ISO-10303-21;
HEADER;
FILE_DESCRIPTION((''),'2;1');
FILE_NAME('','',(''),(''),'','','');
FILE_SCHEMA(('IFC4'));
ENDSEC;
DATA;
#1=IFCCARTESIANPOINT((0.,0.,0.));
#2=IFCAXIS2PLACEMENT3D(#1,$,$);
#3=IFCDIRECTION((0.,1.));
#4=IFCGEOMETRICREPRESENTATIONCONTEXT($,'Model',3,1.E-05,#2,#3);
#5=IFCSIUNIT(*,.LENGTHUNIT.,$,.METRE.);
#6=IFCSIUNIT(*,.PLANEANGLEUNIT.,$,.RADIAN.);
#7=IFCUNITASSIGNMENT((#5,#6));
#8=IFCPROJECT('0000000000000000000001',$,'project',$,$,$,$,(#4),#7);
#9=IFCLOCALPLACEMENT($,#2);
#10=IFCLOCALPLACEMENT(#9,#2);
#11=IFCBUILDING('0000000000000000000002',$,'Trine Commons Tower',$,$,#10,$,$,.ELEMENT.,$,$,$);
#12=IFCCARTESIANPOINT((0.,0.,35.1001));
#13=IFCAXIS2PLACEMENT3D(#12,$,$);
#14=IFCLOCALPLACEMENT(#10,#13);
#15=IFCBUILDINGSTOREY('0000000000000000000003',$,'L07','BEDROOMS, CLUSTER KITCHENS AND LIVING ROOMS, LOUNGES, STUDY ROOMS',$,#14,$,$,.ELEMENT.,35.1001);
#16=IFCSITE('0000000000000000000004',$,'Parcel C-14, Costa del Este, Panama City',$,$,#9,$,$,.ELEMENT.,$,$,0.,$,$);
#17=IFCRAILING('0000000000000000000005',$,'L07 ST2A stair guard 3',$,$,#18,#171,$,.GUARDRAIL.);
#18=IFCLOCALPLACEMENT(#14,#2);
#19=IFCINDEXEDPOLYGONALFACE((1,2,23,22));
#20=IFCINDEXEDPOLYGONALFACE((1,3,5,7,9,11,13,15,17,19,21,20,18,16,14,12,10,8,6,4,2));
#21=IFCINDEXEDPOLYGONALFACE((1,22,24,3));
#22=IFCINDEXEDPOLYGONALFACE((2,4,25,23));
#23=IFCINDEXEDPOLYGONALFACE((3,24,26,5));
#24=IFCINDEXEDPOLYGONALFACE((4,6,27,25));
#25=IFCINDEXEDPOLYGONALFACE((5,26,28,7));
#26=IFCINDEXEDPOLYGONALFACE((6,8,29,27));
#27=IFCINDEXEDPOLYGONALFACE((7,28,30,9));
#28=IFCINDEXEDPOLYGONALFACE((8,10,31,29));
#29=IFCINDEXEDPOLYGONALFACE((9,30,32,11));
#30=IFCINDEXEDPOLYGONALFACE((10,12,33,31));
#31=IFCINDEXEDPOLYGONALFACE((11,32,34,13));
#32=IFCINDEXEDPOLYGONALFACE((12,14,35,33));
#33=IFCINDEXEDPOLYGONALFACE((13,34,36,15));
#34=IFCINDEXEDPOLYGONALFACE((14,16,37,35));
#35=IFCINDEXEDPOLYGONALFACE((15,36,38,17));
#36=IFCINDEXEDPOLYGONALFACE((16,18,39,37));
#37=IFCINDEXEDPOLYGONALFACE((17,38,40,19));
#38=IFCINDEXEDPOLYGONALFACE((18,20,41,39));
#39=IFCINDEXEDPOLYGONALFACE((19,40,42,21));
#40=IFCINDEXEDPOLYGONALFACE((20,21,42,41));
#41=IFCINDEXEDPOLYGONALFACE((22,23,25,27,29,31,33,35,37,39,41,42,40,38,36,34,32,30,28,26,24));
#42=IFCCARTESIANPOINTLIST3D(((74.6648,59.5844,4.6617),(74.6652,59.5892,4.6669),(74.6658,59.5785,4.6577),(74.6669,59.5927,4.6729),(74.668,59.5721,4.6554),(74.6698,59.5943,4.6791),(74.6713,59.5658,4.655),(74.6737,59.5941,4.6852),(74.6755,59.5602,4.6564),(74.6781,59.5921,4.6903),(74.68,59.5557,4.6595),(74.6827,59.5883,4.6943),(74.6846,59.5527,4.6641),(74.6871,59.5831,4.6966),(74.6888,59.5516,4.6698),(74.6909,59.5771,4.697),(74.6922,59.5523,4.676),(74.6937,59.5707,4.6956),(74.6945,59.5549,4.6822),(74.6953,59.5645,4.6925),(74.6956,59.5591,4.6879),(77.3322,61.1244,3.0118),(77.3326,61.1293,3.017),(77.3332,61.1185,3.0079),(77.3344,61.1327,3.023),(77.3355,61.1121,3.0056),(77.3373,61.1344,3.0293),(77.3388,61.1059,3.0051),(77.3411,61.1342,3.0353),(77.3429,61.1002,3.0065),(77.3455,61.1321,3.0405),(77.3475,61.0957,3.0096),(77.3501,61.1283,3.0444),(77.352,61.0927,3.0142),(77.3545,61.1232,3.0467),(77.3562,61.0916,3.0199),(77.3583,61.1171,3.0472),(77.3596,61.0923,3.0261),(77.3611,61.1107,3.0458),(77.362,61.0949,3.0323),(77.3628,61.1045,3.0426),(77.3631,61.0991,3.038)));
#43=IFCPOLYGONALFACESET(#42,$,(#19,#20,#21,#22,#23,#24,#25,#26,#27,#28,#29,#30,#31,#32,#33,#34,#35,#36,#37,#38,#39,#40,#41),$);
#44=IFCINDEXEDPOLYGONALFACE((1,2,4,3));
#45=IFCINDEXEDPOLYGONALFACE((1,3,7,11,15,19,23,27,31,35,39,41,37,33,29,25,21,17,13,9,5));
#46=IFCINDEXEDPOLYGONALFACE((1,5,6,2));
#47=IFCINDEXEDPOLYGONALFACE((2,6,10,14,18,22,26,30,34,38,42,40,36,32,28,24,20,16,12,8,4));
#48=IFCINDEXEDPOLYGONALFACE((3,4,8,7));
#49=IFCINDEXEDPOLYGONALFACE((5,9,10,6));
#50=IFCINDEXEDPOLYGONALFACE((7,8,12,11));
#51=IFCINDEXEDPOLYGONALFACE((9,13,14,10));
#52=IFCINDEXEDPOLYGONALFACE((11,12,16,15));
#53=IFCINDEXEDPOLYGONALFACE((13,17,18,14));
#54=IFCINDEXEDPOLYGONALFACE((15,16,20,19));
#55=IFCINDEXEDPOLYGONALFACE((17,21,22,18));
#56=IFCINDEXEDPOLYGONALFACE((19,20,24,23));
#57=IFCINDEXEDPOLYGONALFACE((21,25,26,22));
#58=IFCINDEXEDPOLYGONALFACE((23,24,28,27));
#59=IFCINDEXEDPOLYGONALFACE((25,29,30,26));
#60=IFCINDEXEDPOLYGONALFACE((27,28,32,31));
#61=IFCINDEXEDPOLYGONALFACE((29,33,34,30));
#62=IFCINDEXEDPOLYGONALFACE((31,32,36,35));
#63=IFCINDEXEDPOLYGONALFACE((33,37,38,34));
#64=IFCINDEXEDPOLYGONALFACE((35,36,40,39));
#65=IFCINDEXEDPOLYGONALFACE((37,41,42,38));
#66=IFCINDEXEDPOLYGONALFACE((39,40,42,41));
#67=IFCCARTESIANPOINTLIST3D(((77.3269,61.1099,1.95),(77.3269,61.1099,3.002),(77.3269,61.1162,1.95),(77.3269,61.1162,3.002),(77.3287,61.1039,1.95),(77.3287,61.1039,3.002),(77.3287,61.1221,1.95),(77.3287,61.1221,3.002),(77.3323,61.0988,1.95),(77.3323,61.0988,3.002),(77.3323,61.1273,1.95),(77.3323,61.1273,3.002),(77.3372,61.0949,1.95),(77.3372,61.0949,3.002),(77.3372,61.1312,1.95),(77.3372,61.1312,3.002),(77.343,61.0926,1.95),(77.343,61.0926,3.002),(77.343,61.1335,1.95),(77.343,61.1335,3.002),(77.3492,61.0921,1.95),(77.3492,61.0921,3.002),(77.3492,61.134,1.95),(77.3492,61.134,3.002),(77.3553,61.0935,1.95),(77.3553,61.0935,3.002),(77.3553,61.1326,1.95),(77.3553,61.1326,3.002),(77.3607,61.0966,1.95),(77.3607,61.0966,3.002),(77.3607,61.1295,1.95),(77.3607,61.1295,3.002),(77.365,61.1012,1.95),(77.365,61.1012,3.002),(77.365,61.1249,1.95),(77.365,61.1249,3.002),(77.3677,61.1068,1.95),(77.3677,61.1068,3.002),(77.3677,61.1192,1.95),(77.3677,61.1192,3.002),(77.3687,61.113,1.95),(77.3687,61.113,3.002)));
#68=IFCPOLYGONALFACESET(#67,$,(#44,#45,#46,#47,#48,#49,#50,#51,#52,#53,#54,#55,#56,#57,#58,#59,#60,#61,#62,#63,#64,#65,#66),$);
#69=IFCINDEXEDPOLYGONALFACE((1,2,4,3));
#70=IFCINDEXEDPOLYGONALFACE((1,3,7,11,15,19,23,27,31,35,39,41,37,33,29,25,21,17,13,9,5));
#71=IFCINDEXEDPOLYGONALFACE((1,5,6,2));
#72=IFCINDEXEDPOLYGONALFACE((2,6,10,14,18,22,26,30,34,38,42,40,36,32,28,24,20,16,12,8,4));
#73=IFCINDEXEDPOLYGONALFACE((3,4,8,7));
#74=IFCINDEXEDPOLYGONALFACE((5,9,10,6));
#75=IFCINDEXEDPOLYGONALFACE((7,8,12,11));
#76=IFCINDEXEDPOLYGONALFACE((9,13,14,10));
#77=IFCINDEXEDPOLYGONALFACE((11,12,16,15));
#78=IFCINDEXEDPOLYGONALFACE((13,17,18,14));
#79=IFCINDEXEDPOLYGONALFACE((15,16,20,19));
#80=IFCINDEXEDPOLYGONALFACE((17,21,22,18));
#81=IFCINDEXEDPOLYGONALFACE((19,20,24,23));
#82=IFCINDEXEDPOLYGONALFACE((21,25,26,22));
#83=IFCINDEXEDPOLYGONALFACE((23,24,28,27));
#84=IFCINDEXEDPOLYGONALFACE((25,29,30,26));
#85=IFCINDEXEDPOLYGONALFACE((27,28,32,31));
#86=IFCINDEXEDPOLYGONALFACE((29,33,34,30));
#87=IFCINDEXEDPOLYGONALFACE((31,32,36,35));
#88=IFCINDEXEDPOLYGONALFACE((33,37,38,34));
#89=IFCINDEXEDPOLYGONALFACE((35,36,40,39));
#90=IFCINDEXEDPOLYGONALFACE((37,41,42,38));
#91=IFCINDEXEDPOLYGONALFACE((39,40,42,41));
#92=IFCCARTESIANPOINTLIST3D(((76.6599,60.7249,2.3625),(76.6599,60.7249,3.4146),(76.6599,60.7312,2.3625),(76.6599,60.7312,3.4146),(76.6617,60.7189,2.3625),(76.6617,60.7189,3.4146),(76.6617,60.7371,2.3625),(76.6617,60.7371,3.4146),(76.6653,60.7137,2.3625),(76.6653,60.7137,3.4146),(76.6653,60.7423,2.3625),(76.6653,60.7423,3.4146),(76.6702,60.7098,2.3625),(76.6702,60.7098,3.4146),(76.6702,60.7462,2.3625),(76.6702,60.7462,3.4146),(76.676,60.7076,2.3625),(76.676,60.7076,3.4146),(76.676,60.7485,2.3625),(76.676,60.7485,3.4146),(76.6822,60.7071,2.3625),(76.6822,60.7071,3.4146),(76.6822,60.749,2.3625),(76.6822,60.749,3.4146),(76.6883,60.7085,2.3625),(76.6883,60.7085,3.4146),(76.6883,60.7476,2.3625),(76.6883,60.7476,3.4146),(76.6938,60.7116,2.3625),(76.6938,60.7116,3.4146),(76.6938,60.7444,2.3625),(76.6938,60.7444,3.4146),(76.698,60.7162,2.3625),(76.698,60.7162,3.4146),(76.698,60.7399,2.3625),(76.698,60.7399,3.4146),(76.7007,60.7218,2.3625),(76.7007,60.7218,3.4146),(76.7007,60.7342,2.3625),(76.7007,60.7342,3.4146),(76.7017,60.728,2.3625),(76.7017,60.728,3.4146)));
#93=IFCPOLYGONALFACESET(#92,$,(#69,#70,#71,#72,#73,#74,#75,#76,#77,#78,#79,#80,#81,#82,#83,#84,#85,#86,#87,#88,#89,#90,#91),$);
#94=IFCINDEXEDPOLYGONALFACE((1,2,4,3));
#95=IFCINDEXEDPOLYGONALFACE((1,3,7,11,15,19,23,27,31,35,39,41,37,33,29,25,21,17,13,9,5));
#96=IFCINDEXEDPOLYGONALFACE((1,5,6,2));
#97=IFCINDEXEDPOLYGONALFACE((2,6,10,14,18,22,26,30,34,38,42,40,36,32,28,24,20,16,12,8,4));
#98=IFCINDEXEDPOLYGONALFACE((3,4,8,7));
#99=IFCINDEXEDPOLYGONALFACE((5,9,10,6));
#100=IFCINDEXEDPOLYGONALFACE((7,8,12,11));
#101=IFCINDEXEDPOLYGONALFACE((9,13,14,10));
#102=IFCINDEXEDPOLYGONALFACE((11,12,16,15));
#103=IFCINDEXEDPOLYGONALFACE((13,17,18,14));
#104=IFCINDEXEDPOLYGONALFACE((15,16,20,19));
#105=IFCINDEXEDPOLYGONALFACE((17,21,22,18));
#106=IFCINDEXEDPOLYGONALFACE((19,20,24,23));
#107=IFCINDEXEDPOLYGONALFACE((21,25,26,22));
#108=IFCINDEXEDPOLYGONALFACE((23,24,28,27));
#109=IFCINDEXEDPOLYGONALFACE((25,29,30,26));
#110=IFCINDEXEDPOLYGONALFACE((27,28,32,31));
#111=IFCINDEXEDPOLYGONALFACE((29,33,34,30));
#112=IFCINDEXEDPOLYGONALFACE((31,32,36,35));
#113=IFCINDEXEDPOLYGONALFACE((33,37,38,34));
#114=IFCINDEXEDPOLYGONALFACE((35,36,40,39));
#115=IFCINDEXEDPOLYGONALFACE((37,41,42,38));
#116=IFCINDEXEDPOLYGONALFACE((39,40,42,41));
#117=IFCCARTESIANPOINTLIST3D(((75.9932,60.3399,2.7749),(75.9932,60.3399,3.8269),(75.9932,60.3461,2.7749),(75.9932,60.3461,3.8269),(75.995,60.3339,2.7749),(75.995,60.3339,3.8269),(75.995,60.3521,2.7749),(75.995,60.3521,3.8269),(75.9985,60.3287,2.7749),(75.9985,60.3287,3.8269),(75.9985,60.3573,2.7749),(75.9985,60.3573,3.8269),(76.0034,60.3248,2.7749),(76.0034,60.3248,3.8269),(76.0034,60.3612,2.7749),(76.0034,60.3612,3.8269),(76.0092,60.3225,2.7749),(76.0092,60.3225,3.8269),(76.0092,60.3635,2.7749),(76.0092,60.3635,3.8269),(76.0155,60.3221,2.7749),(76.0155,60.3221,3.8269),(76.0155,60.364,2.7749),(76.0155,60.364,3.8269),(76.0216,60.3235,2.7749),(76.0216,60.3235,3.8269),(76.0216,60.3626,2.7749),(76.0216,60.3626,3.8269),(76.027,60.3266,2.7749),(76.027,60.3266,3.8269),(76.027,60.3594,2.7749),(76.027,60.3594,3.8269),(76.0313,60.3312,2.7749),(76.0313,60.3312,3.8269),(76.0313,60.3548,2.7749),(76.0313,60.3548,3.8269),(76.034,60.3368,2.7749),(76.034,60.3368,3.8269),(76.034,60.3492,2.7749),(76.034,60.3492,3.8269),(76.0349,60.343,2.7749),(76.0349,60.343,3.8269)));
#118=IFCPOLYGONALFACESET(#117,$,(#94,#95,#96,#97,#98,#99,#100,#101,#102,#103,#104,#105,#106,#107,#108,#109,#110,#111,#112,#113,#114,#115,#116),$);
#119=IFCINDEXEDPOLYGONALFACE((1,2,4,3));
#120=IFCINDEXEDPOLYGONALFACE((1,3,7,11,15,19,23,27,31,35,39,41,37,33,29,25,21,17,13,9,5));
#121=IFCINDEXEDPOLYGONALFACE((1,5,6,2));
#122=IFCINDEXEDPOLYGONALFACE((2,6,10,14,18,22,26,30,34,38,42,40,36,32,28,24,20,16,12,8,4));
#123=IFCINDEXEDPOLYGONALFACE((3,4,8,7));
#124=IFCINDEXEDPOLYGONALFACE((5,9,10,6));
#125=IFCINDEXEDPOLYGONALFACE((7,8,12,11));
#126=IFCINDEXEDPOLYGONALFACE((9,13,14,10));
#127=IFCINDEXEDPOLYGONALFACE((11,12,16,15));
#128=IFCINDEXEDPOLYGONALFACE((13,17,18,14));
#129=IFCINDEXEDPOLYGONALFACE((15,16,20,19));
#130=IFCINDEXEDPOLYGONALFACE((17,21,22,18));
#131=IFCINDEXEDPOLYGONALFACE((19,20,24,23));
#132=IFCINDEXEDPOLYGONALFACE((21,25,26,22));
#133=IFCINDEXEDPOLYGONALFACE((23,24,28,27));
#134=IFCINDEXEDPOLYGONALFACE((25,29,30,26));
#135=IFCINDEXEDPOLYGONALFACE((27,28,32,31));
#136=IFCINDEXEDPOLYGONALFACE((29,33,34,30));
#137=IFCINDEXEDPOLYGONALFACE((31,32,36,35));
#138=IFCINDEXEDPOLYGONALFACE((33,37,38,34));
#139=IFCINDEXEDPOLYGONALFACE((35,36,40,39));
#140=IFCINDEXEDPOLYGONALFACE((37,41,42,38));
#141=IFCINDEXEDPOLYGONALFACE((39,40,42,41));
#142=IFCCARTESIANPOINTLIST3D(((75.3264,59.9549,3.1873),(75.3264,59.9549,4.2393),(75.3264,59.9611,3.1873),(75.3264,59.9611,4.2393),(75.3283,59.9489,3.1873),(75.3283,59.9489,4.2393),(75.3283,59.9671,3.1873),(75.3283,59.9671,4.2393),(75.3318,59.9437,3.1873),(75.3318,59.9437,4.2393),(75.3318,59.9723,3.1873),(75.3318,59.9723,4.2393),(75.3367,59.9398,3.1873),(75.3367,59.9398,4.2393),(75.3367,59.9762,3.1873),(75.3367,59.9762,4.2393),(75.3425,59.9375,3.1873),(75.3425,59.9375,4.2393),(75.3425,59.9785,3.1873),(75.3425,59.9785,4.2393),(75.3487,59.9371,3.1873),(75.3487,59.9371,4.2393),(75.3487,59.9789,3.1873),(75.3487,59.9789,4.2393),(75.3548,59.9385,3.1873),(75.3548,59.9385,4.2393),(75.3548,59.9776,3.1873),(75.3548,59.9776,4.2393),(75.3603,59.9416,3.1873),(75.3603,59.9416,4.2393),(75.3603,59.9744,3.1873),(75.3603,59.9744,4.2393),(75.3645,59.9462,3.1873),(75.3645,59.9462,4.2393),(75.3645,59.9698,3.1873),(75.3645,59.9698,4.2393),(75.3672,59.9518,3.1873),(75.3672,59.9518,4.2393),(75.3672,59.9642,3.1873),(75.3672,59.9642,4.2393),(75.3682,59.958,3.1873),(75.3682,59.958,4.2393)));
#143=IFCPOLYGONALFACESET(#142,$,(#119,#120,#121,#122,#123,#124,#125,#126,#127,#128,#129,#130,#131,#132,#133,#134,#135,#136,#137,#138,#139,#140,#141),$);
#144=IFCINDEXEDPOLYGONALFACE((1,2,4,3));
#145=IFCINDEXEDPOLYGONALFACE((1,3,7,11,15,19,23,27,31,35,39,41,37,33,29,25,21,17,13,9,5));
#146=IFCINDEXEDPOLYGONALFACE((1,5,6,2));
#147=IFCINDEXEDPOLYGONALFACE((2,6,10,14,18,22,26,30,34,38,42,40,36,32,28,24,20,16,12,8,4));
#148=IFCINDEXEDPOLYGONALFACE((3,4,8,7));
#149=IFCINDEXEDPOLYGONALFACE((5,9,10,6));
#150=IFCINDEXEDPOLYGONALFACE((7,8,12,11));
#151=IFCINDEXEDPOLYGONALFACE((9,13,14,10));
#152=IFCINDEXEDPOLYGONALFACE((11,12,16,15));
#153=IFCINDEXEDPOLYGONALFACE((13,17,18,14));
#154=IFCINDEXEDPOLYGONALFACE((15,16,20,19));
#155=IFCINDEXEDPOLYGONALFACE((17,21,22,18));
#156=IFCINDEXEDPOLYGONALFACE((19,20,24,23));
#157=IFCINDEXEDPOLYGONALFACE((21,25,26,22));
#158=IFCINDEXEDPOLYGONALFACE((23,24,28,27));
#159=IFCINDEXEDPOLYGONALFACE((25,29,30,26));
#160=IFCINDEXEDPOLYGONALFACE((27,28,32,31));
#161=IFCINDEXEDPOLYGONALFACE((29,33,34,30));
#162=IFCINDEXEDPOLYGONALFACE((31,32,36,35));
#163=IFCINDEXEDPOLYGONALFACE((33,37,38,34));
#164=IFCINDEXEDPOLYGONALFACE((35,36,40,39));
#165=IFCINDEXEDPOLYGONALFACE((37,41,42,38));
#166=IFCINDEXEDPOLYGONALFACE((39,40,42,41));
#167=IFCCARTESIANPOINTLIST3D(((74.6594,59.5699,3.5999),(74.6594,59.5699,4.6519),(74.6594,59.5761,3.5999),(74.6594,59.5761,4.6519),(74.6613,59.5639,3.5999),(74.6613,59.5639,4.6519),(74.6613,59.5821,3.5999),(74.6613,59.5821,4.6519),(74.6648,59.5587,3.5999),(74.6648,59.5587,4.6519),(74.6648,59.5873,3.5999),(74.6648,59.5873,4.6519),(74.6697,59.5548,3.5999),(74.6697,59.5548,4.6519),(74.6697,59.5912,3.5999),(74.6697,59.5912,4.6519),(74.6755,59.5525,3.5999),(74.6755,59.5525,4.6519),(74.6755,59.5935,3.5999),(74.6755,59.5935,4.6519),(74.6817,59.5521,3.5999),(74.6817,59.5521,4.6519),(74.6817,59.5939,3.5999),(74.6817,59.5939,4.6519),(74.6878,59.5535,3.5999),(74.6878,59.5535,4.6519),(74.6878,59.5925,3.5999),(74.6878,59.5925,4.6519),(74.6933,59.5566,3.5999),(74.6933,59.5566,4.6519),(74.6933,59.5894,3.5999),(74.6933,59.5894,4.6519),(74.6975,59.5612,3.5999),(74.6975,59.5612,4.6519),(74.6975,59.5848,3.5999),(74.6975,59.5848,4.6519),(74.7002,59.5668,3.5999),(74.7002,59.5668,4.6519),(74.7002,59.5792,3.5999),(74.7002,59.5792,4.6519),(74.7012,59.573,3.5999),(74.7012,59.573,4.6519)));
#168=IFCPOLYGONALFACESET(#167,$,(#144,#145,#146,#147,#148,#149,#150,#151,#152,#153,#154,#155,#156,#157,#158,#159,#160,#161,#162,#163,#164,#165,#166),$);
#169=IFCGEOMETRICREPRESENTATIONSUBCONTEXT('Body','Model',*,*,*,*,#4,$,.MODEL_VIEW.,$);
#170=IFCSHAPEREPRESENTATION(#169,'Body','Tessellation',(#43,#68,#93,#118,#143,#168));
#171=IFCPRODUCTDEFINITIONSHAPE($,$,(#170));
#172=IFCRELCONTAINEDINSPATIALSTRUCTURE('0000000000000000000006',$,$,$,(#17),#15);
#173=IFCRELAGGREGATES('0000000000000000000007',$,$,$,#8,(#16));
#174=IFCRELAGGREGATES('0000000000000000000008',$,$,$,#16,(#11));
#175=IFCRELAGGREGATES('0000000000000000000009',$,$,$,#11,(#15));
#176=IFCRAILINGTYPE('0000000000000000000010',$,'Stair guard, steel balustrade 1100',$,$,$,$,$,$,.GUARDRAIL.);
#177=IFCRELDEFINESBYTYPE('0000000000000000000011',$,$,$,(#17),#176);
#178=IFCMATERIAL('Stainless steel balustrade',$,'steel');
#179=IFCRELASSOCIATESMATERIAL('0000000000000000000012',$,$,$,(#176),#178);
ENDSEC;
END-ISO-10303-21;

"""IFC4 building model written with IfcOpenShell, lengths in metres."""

from ifc_helpers import new_model, si_unit, direction, frame, origin, origin_2d, place, context, subcontext, project, spatial, circle, extrude, material, type_object, element, save


model = new_model("IFC4")

# Units and contexts
model_context = context("Model", 3, precision=1e-05, world=origin(), true_north=direction((0.0, 1.0)))
body_context = subcontext(model_context, "Body", "Model", "MODEL_VIEW")
ifc_project = project(units=[si_unit("LENGTHUNIT", "METRE"), si_unit("PLANEANGLEUNIT", "RADIAN")], contexts=[model_context])

# Site, building, storey
site_placement = place(None, origin())
site = spatial("IfcSite", under=ifc_project, at=site_placement, Name="Parcel C-14, Costa del Este, Panama City", CompositionType="ELEMENT", RefElevation=0.0)
building_placement = place(site_placement, origin())
building = spatial("IfcBuilding", under=site, at=building_placement, Name="Trine Commons Tower", CompositionType="ELEMENT")
storey_placement = place(building_placement, frame((0.0, 0.0, 35.1001)))
storey = spatial("IfcBuildingStorey", under=building, at=storey_placement, Name="L07", Description="BEDROOMS, CLUSTER KITCHENS AND LIVING ROOMS, LOUNGES, STUDY ROOMS", CompositionType="ELEMENT", Elevation=35.1001)

# Railing
ifc_material_1 = material(Name="Stainless steel balustrade", Category="steel")
railing_type_1 = type_object("IfcRailingType", Name="Stair guard, steel balustrade 1100", PredefinedType="GUARDRAIL", material=ifc_material_1)
railing_1_placement = place(storey_placement, frame((77.3477, 61.113, 1.95)))
element("IfcRailing", 1, at=railing_1_placement, inside=storey, type_object=railing_type_1, Name="L07 ST2A stair guard 3", PredefinedType="GUARDRAIL", context=body_context, shape_type="SweptSolid", body=[
    extrude(circle(Radius=0.0239, at=origin_2d()), frame((0.0, 0.0, 1.0762), z_axis=(-0.763405, -0.440743, 0.472185), x_axis=(0.499992, -0.86603, 0.0)), (0.0, 0.0, 1.0), 3.4941),
    extrude(circle(Radius=0.021, at=origin_2d()), origin(), (0.0, 0.0, 1.0), 1.052),
    extrude(circle(Radius=0.021, at=origin_2d()), frame((-0.667, -0.385, 0.4126)), (0.0, 0.0, 1.0), 1.052),
    extrude(circle(Radius=0.021, at=origin_2d()), frame((-1.3337, -0.77, 0.825)), (0.0, 0.0, 1.0), 1.052),
    extrude(circle(Radius=0.021, at=origin_2d()), frame((-2.0005, -1.155, 1.2373)), (0.0, 0.0, 1.0), 1.052),
    extrude(circle(Radius=0.021, at=origin_2d()), frame((-2.6675, -1.54, 1.6499)), (0.0, 0.0, 1.0), 1.052),
])

save(model, "model.ifc")
